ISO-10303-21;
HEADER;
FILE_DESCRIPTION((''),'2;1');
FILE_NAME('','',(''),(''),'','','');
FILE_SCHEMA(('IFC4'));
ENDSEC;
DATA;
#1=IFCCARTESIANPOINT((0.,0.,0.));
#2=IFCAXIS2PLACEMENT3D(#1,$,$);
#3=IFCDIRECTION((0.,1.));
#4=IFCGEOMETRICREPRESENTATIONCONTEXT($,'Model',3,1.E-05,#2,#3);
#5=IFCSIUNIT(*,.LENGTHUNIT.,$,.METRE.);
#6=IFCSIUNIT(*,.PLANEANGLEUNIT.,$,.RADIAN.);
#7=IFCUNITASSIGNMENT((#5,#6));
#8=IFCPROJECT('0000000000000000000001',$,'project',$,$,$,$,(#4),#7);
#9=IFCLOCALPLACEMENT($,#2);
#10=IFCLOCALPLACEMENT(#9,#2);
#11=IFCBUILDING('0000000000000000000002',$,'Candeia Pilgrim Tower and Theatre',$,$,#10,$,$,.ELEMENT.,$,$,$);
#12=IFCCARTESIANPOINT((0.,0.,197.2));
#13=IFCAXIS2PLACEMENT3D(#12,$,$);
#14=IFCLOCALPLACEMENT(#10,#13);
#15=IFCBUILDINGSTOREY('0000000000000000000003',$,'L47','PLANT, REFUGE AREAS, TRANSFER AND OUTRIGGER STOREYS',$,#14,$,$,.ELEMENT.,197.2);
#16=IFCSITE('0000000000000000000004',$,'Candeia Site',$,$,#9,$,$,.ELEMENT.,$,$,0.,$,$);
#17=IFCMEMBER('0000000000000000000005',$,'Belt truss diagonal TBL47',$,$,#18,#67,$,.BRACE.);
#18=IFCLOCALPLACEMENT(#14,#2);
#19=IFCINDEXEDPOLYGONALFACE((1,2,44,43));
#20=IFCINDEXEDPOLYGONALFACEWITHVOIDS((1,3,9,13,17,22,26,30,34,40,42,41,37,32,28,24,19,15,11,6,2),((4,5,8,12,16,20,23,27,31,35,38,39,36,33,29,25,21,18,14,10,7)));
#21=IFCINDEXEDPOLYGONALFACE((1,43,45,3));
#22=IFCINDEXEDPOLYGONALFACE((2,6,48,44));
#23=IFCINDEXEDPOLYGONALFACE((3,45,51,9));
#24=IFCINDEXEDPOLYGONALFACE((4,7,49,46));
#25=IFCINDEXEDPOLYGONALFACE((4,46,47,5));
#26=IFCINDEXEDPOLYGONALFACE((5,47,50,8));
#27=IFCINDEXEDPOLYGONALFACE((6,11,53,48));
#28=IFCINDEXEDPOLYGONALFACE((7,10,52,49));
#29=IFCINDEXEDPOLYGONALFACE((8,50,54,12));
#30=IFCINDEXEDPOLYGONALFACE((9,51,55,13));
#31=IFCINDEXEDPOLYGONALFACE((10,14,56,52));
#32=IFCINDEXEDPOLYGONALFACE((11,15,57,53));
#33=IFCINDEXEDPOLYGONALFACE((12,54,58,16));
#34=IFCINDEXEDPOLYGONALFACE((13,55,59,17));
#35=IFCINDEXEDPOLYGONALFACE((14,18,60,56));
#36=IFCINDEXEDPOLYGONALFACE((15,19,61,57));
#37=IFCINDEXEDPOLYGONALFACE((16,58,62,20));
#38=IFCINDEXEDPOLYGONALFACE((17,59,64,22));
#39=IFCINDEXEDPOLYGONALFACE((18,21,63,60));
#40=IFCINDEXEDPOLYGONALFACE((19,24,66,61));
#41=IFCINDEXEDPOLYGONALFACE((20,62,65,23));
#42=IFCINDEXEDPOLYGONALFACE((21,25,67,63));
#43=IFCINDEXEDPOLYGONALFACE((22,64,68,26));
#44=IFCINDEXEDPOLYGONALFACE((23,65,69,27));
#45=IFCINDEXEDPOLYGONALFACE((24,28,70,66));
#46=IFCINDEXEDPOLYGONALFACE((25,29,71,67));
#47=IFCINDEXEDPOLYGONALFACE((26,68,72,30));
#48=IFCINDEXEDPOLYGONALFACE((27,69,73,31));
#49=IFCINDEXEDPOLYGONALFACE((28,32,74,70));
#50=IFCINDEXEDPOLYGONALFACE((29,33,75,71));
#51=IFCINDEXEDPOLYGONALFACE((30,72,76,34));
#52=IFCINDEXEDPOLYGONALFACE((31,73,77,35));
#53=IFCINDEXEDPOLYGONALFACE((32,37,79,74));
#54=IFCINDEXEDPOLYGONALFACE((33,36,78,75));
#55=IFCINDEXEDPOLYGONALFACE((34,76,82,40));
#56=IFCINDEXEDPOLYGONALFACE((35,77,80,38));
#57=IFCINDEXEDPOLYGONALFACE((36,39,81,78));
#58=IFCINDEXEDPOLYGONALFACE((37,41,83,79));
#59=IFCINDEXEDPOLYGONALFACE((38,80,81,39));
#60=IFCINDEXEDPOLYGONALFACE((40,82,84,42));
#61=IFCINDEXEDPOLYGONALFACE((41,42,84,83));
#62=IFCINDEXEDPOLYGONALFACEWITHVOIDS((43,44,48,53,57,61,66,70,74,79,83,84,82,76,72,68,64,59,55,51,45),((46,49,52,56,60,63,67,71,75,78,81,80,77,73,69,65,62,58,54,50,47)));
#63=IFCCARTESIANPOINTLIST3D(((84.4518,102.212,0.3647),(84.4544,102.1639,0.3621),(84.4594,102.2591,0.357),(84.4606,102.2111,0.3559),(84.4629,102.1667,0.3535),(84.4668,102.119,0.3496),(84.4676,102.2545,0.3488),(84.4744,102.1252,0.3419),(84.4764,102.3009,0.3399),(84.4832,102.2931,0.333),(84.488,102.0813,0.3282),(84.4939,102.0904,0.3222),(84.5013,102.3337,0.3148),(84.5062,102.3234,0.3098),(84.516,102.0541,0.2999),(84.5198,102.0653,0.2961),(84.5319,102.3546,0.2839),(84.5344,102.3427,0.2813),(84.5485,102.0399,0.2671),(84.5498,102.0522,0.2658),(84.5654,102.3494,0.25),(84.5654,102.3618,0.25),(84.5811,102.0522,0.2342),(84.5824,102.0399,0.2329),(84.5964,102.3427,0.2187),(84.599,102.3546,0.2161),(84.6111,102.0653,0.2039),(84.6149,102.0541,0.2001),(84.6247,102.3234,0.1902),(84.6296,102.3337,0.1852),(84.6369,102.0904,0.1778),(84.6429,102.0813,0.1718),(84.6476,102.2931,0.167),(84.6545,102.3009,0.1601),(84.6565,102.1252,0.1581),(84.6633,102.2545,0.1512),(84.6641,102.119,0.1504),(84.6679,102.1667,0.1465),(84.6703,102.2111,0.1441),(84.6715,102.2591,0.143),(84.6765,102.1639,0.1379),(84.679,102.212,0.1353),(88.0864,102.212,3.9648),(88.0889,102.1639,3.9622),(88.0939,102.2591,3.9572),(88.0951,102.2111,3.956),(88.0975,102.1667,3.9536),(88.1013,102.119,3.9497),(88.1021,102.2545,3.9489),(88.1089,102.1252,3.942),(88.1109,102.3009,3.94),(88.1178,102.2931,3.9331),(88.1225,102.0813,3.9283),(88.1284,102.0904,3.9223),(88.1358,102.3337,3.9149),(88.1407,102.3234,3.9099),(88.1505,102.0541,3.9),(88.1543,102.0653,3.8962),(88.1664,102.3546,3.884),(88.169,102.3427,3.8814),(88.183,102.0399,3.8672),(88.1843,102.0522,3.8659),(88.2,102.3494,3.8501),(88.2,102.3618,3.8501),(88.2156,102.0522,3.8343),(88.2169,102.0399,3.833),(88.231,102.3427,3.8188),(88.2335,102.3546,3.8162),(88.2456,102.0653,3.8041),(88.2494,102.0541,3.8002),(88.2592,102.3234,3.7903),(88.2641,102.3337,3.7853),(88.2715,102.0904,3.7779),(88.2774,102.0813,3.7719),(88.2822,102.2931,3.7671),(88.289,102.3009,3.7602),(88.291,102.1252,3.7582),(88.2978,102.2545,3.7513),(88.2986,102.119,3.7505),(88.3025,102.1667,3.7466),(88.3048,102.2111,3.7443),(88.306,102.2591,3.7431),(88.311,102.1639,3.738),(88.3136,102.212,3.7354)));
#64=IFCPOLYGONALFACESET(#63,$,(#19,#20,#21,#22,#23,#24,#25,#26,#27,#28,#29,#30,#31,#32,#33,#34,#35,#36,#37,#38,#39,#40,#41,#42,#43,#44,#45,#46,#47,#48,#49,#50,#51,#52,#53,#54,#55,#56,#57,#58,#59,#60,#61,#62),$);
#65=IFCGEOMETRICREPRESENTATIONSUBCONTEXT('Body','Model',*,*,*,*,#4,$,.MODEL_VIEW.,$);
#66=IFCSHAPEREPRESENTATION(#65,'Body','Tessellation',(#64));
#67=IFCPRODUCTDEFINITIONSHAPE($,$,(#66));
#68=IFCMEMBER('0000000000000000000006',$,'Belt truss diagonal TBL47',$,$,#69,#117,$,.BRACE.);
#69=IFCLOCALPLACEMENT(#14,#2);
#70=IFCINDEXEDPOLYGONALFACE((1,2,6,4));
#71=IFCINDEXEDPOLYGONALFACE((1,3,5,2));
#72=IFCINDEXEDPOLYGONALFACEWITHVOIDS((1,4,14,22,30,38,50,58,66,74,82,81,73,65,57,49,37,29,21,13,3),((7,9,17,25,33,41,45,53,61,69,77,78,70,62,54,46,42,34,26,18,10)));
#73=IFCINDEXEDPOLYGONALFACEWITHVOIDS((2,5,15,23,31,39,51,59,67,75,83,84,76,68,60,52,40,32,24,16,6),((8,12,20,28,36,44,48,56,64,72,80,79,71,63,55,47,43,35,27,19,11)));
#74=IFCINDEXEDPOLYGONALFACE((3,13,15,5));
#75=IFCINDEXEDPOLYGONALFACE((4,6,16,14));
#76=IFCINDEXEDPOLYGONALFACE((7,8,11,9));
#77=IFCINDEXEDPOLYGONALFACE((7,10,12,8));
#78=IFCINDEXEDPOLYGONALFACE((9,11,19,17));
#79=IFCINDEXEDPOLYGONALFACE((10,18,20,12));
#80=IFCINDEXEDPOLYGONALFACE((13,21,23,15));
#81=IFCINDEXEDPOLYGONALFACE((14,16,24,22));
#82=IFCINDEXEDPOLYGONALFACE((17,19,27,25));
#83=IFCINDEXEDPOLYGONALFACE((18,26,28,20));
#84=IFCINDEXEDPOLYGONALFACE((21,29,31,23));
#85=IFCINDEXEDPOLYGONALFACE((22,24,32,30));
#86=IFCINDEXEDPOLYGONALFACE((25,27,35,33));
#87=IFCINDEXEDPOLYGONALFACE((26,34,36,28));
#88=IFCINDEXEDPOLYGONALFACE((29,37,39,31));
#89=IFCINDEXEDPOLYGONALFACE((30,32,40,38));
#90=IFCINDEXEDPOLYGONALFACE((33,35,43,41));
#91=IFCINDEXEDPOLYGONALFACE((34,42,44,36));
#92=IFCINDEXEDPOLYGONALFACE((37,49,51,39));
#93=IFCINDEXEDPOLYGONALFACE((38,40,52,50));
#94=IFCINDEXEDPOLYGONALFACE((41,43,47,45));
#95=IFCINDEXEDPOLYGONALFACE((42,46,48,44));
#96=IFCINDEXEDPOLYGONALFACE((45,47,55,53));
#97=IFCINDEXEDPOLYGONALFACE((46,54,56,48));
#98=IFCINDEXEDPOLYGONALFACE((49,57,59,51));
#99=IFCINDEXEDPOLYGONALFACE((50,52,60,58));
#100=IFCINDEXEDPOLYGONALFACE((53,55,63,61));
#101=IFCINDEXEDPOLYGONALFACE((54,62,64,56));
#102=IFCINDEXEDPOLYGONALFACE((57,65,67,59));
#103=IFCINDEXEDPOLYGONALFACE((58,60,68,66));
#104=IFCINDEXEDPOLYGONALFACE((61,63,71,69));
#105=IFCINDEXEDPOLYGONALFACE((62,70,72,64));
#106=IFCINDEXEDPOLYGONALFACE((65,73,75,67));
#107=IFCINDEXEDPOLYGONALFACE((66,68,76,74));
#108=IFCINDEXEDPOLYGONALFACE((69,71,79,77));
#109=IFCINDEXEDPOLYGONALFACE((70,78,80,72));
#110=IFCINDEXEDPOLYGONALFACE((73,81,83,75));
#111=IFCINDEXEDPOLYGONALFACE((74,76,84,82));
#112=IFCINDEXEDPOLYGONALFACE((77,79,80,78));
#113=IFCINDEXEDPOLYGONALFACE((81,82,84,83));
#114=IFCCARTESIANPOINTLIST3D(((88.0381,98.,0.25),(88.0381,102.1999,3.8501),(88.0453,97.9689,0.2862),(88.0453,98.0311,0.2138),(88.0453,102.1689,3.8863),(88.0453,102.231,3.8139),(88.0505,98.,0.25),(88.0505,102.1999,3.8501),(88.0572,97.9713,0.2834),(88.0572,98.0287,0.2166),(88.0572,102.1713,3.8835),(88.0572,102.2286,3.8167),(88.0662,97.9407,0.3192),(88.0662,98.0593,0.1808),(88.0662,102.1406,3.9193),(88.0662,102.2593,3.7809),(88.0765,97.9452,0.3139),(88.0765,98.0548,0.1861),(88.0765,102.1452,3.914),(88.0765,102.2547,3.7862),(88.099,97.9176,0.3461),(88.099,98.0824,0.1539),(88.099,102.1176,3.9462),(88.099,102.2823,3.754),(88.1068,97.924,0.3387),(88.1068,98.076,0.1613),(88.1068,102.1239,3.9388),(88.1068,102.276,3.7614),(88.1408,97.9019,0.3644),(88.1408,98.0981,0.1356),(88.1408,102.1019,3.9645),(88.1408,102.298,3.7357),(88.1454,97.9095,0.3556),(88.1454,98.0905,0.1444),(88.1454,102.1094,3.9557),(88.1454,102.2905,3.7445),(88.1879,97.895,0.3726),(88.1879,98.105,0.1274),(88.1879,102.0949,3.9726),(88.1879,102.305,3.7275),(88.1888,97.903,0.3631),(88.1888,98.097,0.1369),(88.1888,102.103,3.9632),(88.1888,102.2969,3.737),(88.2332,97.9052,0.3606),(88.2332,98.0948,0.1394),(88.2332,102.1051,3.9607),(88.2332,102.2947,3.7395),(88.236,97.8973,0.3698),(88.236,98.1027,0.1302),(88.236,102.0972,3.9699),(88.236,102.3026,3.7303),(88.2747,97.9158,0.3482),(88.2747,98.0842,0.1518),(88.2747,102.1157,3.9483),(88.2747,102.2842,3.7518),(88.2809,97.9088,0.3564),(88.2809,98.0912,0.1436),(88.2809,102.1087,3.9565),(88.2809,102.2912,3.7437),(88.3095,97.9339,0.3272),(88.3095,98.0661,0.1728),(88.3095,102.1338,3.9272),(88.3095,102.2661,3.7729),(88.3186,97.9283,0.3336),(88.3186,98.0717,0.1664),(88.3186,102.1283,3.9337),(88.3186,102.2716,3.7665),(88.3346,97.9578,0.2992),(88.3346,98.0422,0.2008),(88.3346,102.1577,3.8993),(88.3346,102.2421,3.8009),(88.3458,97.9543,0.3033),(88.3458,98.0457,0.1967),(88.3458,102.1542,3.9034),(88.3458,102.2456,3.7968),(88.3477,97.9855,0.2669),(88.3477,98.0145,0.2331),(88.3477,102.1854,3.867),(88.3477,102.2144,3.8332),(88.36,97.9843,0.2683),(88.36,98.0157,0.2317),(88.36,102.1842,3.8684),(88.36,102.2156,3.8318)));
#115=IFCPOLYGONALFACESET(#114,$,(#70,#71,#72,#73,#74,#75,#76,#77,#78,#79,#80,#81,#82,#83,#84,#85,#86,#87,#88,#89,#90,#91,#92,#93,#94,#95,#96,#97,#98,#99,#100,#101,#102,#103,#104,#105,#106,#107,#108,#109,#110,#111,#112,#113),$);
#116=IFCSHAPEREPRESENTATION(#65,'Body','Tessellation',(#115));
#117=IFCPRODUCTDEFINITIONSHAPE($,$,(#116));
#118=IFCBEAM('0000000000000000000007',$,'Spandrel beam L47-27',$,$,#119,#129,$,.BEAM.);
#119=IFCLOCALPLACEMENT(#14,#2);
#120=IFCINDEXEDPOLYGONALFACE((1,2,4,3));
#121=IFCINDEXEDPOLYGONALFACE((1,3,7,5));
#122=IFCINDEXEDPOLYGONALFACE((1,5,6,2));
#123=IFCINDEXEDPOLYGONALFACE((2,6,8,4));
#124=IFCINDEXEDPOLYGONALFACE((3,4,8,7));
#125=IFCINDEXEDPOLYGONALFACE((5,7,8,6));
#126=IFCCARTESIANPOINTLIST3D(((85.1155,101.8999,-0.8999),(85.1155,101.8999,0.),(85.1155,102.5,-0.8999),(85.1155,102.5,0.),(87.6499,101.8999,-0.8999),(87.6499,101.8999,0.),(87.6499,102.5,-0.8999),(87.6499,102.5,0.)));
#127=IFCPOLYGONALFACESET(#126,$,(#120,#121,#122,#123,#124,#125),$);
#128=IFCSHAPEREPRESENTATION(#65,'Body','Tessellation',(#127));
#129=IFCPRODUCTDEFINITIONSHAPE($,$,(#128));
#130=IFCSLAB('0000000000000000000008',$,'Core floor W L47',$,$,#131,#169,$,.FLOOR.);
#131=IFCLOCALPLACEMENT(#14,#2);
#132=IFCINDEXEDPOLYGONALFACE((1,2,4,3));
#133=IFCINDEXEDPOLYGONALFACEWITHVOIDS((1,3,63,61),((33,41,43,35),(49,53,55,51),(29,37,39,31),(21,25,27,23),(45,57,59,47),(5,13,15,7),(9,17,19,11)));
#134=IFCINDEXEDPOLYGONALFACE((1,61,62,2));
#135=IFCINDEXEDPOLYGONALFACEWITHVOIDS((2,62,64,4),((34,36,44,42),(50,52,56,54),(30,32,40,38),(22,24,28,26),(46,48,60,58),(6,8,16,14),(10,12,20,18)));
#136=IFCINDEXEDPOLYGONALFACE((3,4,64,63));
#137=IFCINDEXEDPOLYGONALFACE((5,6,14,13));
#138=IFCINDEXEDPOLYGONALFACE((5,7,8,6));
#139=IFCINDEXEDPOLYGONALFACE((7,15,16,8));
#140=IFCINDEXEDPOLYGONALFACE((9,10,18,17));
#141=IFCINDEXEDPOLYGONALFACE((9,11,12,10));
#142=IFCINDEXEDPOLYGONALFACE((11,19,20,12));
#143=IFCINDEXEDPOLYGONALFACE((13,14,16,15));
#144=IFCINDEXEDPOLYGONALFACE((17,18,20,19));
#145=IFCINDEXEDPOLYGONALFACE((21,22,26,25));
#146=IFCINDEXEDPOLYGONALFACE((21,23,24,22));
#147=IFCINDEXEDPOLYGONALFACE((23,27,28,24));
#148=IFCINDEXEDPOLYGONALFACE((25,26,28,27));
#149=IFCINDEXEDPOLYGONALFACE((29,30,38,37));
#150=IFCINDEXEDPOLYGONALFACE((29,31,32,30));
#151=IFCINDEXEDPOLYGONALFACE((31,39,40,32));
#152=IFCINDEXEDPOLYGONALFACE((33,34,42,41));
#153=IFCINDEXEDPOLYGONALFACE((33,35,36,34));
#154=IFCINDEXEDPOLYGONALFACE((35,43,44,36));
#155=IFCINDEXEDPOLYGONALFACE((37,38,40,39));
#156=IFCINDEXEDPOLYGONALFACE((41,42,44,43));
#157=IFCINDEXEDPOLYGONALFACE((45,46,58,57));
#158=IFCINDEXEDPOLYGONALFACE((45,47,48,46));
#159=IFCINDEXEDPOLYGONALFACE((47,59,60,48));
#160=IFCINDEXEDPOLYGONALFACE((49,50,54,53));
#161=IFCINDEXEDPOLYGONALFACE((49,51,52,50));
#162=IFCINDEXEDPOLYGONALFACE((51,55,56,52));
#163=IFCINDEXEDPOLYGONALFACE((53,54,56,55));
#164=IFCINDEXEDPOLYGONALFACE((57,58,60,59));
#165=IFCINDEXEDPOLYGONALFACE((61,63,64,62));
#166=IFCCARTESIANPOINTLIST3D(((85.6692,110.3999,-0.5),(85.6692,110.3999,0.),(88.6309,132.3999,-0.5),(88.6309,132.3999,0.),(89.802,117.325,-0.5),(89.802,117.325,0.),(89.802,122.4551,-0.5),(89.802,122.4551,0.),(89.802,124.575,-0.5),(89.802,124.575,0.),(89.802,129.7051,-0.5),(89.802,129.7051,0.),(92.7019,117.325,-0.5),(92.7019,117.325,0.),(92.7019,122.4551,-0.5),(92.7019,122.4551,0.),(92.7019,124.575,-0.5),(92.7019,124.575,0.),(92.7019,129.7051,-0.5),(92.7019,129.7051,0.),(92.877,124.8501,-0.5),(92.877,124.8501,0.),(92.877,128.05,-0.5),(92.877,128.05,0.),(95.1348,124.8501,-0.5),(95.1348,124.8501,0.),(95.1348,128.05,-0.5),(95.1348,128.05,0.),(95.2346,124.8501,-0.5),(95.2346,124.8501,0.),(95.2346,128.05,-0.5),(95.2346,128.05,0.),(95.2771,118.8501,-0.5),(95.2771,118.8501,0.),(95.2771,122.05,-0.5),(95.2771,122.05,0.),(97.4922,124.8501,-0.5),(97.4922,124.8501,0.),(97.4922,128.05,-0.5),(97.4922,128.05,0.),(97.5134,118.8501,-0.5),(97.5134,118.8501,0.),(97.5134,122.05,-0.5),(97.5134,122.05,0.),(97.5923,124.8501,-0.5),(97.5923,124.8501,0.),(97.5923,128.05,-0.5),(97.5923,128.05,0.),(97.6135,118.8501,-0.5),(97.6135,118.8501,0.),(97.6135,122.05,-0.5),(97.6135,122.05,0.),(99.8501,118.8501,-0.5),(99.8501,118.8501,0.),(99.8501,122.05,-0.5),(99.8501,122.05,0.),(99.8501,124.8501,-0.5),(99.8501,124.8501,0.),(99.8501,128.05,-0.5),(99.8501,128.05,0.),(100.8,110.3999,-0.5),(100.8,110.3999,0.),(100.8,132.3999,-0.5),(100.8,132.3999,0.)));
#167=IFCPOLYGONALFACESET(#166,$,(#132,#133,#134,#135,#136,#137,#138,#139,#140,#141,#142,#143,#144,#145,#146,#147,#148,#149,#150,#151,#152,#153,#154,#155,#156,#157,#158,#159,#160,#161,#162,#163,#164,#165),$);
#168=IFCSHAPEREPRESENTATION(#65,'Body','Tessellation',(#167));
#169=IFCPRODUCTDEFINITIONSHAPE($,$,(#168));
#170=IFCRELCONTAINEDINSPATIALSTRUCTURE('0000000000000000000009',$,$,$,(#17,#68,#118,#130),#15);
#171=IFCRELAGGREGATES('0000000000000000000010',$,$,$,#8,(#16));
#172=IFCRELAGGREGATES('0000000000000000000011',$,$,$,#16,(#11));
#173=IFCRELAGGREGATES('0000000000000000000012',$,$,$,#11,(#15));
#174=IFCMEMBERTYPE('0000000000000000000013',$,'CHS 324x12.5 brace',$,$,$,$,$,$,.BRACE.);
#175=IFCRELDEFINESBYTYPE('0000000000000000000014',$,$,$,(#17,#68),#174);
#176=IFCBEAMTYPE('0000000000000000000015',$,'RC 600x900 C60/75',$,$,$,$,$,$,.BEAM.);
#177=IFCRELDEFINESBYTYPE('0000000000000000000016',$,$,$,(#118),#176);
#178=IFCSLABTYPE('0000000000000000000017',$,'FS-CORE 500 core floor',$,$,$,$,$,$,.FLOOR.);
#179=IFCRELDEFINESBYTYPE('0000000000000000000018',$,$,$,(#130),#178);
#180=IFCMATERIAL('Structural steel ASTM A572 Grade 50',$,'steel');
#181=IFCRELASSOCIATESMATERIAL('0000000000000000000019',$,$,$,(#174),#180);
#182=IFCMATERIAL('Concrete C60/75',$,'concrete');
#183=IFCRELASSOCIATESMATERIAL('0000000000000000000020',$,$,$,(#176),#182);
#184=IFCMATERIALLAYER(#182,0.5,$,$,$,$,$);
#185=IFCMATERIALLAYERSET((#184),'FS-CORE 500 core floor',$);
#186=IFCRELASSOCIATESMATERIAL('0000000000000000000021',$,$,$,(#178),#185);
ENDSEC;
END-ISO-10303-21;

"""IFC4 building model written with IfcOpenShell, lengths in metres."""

from ifc_helpers import new_model, si_unit, direction, frame, origin, origin_2d, place, context, subcontext, project, spatial, polyline, rectangle, hollow_circle, outline, extrude, material, layer, layer_set, material_profile, profile_set, type_object, element, save


model = new_model("IFC4")

# Units and contexts
model_context = context("Model", 3, precision=1e-05, world=origin(), true_north=direction((0.0, 1.0)))
body_context = subcontext(model_context, "Body", "Model", "MODEL_VIEW")
ifc_project = project(units=[si_unit("LENGTHUNIT", "METRE"), si_unit("PLANEANGLEUNIT", "RADIAN")], contexts=[model_context])

# Site, building, storey
site_placement = place(None, origin())
site = spatial("IfcSite", under=ifc_project, at=site_placement, Name="Candeia Site", CompositionType="ELEMENT", RefElevation=0.0)
building_placement = place(site_placement, origin())
building = spatial("IfcBuilding", under=site, at=building_placement, Name="Candeia Pilgrim Tower and Theatre", CompositionType="ELEMENT")
storey_placement = place(building_placement, frame((0.0, 0.0, 197.2)))
storey = spatial("IfcBuildingStorey", under=building, at=storey_placement, Name="L47", Description="PLANT, REFUGE AREAS, TRANSFER AND OUTRIGGER STOREYS", CompositionType="ELEMENT", Elevation=197.2)

# Shared definitions
ifc_material_1 = material(Name="Concrete C60/75", Category="concrete")

# Members
ifc_material_2 = material(Name="Structural steel ASTM A572 Grade 50", Category="steel")
ifc_material_profile_1 = material_profile(ifc_material_2, hollow_circle(Radius=0.1619, WallThickness=0.0125, at=origin_2d()))
ifc_profile_set_1 = profile_set([ifc_material_profile_1], Name="Structural steel ASTM A572 Grade 50")
member_type_1 = type_object("IfcMemberType", Name="CHS 324x12.5 brace", PredefinedType="BRACE", material=ifc_profile_set_1)
member_1_placement = place(storey_placement, frame((84.5654, 102.2, 0.25), z_axis=(0.710463, 0.0, 0.703734), x_axis=(0.0, 1.0, 0.0)))
element("IfcMember", 1, at=member_1_placement, inside=storey, type_object=member_type_1, Name="Belt truss diagonal TBL47", PredefinedType="BRACE", context=body_context, shape_type="SweptSolid", body=[
    extrude(hollow_circle(Radius=0.1619, WallThickness=0.0125, at=origin_2d()), origin(), (0.0, 0.0, 1.0), 5.1157),
])
member_2_placement = place(storey_placement, frame((88.2, 98.0, 0.25), z_axis=(0.0, 0.759244, 0.650806), x_axis=(-1.0, 0.0, 0.0)))
element("IfcMember", 2, at=member_2_placement, inside=storey, type_object=member_type_1, Name="Belt truss diagonal TBL47", PredefinedType="BRACE", context=body_context, shape_type="SweptSolid", body=[
    extrude(hollow_circle(Radius=0.1619, WallThickness=0.0125, at=origin_2d()), origin(), (0.0, 0.0, 1.0), 5.5317),
])

# Beam
ifc_material_profile_2 = material_profile(ifc_material_1, rectangle(XDim=0.6001, YDim=0.8999, at=origin_2d()))
ifc_profile_set_2 = profile_set([ifc_material_profile_2], Name="Concrete C60/75")
beam_type = type_object("IfcBeamType", Name="RC 600x900 C60/75", PredefinedType="BEAM", material=ifc_profile_set_2)
beam_placement = place(storey_placement, frame((85.1155, 102.2, -0.45), z_axis=(1.0, 0.0, 0.0), x_axis=(0.0, 1.0, 0.0)))
element("IfcBeam", 3, at=beam_placement, inside=storey, type_object=beam_type, Name="Spandrel beam L47-27", PredefinedType="BEAM", context=body_context, shape_type="SweptSolid", body=[
    extrude(rectangle(XDim=0.6001, YDim=0.8999, at=origin_2d()), origin(), (0.0, 0.0, 1.0), 2.5344),
])

# Slab
ifc_layer_1 = layer(ifc_material_1, 0.5)
ifc_layer_set_1 = layer_set([ifc_layer_1], Name="FS-CORE 500 core floor")
slab_type_1 = type_object("IfcSlabType", Name="FS-CORE 500 core floor", PredefinedType="FLOOR", material=ifc_layer_set_1)
slab_1_placement = place(storey_placement, frame((0.0, 0.0, -0.5)))
element("IfcSlab", 4, at=slab_1_placement, inside=storey, type_object=slab_type_1, Name="Core floor W L47", PredefinedType="FLOOR", context=body_context, shape_type="SweptSolid", body=[
    extrude(outline(polyline([(100.8, 132.3999), (100.8, 110.3999), (85.6692, 110.3999), (88.6309, 132.3999), (100.8, 132.3999)]), holes=[polyline([(97.5923, 128.05), (97.5923, 124.8501), (99.8501, 124.8501), (99.8501, 128.05), (97.5923, 128.05)]), polyline([(97.6135, 122.05), (97.6135, 118.8501), (99.8501, 118.8501), (99.8501, 122.05), (97.6135, 122.05)]), polyline([(95.2771, 122.05), (95.2771, 118.8501), (97.5134, 118.8501), (97.5134, 122.05), (95.2771, 122.05)]), polyline([(95.2346, 128.05), (95.2346, 124.8501), (97.4922, 124.8501), (97.4922, 128.05), (95.2346, 128.05)]), polyline([(92.877, 128.05), (92.877, 124.8501), (95.1348, 124.8501), (95.1348, 128.05), (92.877, 128.05)]), polyline([(89.802, 117.325), (92.7019, 117.325), (92.7019, 122.4551), (89.802, 122.4551), (89.802, 117.325)]), polyline([(89.802, 129.7051), (89.802, 124.575), (92.7019, 124.575), (92.7019, 129.7051), (89.802, 129.7051)])]), origin(), (0.0, 0.0, 1.0), 0.5),
])

save(model, "model.ifc")
